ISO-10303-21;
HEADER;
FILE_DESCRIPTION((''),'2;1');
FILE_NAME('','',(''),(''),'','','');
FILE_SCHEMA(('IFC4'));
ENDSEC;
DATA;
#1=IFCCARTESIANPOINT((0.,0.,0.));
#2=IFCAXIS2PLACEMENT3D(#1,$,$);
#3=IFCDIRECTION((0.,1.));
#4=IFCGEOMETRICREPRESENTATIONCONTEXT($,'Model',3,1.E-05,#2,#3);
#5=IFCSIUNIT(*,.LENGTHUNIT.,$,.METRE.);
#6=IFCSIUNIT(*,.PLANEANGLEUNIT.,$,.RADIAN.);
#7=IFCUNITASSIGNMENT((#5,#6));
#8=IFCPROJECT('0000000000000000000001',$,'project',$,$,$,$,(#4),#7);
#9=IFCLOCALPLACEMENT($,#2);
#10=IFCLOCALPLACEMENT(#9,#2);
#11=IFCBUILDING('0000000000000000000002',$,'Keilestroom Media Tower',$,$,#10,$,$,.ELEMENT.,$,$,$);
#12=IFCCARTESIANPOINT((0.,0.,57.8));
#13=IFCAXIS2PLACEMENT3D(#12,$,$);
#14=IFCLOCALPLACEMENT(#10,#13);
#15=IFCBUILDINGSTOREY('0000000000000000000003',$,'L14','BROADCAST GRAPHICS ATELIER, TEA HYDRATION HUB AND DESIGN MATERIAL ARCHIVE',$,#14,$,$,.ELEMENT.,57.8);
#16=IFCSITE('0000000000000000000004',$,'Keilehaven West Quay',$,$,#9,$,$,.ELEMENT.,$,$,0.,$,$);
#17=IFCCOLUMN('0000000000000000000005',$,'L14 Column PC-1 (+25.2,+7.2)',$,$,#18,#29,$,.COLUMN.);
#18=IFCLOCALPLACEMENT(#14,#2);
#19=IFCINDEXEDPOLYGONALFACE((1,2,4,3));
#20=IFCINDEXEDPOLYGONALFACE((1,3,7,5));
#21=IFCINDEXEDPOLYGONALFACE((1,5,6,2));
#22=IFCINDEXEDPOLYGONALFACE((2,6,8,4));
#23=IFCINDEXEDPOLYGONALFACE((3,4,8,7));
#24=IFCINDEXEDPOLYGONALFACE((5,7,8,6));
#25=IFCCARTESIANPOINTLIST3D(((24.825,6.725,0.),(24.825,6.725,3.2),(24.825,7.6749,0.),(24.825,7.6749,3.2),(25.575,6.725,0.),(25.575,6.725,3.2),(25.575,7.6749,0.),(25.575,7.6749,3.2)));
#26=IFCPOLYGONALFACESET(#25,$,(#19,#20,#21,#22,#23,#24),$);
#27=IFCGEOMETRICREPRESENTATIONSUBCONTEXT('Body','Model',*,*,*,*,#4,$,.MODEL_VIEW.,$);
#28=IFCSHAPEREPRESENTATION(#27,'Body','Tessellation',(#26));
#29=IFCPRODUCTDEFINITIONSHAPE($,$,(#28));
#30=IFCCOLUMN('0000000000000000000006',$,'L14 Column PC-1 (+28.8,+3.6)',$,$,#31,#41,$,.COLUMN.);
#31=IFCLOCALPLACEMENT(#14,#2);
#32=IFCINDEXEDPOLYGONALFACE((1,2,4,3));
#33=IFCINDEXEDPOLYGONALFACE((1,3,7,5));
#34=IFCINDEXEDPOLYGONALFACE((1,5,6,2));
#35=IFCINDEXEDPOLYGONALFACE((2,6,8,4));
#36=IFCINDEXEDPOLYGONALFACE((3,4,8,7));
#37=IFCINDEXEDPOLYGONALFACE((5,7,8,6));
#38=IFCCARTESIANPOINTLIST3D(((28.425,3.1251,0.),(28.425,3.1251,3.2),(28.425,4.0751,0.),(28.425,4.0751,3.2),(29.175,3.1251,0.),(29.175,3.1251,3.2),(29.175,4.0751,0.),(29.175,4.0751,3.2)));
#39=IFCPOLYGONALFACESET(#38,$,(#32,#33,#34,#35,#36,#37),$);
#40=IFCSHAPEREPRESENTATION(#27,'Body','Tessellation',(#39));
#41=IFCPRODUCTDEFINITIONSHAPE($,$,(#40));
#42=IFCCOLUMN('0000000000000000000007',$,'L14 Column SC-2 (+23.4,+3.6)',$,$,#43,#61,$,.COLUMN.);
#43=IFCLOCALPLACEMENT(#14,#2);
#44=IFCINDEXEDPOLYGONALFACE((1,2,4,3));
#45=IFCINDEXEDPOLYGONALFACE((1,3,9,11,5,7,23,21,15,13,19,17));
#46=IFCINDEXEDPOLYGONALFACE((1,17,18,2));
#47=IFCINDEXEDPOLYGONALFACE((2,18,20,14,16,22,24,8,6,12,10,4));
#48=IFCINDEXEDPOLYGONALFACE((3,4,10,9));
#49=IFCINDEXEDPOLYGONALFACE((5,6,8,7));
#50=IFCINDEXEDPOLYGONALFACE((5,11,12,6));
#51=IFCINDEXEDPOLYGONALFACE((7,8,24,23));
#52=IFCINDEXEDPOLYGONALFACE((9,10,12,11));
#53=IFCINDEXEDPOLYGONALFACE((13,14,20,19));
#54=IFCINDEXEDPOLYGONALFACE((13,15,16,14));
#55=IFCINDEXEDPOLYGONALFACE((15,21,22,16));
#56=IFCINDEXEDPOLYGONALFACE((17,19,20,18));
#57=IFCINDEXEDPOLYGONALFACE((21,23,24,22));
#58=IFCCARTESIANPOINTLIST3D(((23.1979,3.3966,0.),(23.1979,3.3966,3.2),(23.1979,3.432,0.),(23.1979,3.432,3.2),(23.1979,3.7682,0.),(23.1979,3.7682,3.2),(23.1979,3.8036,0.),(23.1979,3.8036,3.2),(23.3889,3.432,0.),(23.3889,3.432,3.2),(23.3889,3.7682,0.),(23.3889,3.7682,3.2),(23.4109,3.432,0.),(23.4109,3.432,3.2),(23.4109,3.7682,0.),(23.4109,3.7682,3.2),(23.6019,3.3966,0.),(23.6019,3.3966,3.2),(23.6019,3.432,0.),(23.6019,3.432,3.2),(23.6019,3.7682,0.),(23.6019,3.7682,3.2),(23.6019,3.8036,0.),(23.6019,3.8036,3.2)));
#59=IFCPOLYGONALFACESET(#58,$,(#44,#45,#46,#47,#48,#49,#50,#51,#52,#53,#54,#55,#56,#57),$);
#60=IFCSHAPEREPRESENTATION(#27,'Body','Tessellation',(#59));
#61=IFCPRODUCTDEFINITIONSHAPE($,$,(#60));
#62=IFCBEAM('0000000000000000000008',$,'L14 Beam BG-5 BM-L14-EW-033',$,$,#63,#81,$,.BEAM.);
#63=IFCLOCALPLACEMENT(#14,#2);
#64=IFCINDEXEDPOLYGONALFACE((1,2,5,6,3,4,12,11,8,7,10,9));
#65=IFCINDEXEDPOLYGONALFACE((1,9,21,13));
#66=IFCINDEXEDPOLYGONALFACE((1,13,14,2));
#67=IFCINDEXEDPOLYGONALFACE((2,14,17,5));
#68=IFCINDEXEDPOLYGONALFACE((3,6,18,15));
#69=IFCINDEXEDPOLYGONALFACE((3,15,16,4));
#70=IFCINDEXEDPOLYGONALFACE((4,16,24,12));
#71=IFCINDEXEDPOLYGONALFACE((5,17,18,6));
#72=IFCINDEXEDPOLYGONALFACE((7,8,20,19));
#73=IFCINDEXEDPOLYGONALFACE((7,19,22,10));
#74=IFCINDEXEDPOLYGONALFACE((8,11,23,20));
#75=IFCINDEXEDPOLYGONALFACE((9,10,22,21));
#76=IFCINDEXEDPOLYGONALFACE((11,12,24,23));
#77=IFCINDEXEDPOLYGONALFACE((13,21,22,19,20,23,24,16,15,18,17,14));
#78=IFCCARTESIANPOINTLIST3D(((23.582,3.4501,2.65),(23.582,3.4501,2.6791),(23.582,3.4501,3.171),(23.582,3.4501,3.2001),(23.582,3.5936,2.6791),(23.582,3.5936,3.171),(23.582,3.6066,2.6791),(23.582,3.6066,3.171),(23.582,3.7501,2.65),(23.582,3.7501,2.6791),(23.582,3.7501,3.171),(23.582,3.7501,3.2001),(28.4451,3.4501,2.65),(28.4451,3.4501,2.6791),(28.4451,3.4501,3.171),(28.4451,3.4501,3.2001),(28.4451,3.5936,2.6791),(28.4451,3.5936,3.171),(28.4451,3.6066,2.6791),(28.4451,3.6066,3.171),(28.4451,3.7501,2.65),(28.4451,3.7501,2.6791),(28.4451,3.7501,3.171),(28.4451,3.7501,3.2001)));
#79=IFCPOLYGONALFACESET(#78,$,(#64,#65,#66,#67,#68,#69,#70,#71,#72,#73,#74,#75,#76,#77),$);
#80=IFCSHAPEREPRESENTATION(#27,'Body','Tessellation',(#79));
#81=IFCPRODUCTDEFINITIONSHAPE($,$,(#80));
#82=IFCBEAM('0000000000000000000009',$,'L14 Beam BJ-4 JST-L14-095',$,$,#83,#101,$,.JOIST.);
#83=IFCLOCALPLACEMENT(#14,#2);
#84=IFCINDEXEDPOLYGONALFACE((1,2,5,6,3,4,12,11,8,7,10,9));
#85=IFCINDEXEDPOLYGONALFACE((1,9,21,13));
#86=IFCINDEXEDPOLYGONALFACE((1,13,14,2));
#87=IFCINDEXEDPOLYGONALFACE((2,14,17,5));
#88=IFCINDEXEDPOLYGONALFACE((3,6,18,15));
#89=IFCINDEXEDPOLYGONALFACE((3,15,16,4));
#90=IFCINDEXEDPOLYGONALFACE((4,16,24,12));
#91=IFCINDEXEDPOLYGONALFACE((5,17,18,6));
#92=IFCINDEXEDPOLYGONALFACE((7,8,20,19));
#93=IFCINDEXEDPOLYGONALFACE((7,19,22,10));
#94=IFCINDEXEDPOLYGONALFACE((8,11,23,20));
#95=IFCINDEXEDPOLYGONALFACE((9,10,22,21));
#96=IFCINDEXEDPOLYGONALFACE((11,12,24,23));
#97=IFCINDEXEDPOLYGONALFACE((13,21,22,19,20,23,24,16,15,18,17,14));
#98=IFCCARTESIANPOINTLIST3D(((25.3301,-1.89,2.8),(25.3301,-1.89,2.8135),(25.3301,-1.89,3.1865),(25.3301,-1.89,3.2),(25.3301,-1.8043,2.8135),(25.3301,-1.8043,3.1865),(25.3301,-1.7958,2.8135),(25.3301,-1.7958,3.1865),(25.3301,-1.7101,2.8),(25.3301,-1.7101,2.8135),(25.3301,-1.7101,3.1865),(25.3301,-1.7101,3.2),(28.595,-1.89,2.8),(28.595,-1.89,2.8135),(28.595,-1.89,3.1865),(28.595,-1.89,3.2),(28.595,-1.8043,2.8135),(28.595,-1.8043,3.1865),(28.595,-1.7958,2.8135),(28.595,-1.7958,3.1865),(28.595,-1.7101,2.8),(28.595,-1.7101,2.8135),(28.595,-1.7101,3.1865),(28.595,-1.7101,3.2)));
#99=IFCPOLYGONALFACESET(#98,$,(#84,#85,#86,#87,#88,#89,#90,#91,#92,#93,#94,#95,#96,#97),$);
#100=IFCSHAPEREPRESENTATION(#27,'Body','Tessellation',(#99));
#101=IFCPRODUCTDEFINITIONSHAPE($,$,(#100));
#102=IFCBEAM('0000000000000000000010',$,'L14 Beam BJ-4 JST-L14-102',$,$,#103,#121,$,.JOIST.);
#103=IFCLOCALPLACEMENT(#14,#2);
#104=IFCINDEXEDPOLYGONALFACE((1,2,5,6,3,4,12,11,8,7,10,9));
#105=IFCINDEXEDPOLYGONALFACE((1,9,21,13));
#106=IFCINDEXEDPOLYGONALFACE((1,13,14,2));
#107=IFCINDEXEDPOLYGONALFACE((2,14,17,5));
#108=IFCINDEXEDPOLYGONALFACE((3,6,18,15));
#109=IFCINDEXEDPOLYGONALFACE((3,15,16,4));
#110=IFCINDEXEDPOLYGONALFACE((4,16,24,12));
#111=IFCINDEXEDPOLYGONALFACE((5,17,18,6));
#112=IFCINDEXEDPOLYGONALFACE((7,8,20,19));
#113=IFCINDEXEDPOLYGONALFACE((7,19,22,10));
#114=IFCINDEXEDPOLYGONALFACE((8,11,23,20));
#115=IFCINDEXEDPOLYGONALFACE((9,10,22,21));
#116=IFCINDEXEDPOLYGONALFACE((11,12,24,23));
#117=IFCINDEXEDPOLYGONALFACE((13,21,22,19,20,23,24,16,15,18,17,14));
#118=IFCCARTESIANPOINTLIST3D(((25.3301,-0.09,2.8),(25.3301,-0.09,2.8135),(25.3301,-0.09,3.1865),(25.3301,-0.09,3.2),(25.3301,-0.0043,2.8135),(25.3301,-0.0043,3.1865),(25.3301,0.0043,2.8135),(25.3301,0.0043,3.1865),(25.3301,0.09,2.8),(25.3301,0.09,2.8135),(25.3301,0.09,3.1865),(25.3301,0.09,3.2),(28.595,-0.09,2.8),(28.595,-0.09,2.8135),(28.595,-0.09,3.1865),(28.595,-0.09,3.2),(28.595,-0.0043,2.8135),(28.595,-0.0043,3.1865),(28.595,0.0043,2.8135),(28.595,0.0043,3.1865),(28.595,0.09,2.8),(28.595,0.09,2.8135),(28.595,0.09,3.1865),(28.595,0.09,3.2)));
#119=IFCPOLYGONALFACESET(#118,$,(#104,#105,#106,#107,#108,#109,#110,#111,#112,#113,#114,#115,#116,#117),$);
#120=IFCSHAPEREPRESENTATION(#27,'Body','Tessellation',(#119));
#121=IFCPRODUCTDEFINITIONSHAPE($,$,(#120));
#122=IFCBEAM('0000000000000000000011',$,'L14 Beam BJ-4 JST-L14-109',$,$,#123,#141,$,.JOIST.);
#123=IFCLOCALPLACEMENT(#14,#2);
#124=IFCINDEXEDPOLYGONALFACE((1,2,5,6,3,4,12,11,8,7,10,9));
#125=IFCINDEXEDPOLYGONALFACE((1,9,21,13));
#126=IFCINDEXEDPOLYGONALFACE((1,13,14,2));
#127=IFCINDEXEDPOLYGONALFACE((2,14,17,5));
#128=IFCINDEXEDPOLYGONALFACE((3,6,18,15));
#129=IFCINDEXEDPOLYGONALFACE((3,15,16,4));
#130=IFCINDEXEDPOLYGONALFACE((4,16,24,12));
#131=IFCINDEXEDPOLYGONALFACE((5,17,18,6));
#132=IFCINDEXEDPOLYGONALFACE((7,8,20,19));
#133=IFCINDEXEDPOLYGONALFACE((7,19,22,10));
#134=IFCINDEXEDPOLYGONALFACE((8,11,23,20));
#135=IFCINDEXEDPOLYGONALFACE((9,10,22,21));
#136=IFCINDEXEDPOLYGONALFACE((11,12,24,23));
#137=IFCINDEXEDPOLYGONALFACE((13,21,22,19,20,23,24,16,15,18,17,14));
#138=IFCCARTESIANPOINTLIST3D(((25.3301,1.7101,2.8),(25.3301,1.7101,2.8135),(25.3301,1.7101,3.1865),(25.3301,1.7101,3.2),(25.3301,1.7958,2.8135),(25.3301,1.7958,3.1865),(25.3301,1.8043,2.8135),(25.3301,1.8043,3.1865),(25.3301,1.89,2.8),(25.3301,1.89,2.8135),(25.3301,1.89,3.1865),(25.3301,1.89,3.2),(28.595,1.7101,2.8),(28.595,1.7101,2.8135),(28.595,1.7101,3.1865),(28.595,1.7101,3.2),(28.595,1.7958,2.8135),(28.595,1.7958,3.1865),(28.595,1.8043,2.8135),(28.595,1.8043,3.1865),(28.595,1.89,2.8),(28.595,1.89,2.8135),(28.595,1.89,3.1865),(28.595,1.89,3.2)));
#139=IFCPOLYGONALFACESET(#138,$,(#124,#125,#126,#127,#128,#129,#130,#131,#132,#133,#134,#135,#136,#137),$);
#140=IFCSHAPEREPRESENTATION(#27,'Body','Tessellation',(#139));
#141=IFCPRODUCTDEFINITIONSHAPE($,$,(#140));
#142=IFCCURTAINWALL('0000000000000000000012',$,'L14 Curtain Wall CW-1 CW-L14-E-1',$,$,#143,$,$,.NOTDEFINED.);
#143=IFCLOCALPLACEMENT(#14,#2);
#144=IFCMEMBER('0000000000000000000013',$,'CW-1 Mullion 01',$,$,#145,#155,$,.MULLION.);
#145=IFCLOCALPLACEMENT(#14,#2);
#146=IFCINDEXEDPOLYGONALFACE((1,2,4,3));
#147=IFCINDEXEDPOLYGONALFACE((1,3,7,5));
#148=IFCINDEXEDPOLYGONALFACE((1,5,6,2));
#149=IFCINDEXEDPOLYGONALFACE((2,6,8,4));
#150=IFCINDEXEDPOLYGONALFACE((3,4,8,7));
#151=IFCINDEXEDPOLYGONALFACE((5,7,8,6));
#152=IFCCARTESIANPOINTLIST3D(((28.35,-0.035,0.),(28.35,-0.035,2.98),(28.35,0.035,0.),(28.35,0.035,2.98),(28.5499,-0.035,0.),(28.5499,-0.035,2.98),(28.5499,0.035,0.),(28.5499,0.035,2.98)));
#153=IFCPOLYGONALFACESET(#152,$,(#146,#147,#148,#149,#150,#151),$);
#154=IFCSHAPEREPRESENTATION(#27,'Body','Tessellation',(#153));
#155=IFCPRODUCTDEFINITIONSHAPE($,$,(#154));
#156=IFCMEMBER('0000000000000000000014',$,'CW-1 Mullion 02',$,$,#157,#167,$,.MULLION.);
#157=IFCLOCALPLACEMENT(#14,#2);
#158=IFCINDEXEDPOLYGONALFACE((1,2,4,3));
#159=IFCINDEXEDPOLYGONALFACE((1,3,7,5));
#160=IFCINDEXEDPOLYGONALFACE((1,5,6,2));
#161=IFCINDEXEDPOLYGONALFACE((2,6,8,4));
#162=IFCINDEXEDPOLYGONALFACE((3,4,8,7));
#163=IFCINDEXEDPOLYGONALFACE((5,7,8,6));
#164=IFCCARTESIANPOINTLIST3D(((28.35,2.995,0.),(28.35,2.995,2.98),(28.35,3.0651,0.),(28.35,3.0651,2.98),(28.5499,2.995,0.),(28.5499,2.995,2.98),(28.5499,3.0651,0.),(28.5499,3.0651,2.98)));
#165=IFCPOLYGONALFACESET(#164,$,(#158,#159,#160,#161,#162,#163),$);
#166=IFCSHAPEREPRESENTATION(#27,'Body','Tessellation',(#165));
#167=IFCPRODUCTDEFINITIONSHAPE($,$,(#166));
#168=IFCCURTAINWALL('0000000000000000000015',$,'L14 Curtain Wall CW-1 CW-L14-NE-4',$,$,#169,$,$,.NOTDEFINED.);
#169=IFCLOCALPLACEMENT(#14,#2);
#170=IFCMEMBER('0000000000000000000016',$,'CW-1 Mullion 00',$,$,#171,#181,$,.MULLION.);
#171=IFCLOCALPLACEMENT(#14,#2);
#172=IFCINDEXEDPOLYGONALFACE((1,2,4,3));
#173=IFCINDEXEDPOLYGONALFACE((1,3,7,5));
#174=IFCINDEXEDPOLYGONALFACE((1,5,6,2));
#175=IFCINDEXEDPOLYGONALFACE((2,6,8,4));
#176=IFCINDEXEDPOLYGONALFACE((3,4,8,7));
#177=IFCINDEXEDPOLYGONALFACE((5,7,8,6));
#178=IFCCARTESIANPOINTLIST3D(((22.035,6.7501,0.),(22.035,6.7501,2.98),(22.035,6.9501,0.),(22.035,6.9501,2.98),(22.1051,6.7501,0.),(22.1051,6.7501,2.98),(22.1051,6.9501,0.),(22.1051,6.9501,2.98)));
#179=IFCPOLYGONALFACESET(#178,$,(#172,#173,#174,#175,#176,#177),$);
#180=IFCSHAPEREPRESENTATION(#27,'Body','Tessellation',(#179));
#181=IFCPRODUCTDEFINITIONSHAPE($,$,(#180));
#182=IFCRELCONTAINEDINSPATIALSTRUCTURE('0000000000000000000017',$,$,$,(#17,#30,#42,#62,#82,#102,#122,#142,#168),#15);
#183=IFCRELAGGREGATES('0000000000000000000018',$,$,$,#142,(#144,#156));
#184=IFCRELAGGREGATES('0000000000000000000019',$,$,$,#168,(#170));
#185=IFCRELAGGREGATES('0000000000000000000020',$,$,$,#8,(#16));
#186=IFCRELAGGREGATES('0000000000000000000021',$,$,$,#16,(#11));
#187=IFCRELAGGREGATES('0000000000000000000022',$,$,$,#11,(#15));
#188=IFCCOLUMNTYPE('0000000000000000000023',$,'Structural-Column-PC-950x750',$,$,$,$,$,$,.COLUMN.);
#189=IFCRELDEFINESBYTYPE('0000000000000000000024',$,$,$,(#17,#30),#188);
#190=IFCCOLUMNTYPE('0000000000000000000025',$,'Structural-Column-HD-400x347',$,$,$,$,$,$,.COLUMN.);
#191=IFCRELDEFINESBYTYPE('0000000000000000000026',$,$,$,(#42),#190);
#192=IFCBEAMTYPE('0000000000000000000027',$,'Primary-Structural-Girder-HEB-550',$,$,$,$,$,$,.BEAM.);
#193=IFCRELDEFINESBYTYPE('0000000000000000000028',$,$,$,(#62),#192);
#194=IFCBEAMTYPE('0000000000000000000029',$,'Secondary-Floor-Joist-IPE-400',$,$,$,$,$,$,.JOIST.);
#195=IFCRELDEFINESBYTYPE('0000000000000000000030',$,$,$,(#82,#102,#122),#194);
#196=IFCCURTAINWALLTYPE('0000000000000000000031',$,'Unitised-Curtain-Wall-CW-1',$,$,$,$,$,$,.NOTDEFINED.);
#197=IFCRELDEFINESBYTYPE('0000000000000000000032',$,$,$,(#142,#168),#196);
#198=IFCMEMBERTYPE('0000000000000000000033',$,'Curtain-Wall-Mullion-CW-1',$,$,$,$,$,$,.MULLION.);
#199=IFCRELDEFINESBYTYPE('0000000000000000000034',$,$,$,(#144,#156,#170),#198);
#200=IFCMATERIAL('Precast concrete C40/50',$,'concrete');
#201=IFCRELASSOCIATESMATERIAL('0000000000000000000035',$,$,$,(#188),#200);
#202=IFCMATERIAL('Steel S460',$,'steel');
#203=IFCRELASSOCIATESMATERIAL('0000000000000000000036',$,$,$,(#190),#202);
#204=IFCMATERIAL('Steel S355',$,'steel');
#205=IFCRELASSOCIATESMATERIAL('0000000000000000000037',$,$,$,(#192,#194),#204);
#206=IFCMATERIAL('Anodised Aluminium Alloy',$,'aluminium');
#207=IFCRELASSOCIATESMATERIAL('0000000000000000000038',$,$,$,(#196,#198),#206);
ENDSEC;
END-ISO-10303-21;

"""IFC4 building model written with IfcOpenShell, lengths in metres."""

from ifc_helpers import new_model, si_unit, direction, frame, origin, origin_2d, place, context, subcontext, project, spatial, rectangle, i_section, extrude, source, transform, mapped, material, material_profile, profile_set, type_object, element, aggregate, save


model = new_model("IFC4")

# Units and contexts
model_context = context("Model", 3, precision=1e-05, world=origin(), true_north=direction((0.0, 1.0)))
body_context = subcontext(model_context, "Body", "Model", "MODEL_VIEW")
ifc_project = project(units=[si_unit("LENGTHUNIT", "METRE"), si_unit("PLANEANGLEUNIT", "RADIAN")], contexts=[model_context])

# Site, building, storey
site_placement = place(None, origin())
site = spatial("IfcSite", under=ifc_project, at=site_placement, Name="Keilehaven West Quay", CompositionType="ELEMENT", RefElevation=0.0)
building_placement = place(site_placement, origin())
building = spatial("IfcBuilding", under=site, at=building_placement, Name="Keilestroom Media Tower", CompositionType="ELEMENT")
storey_placement = place(building_placement, frame((0.0, 0.0, 57.8)))
storey = spatial("IfcBuildingStorey", under=building, at=storey_placement, Name="L14", Description="BROADCAST GRAPHICS ATELIER, TEA HYDRATION HUB AND DESIGN MATERIAL ARCHIVE", CompositionType="ELEMENT", Elevation=57.8)

# Columns
ifc_material_1 = material(Name="Precast concrete C40/50", Category="concrete")
ifc_material_profile_1 = material_profile(ifc_material_1, rectangle(XDim=0.75, YDim=0.95, at=origin_2d()), Name="PC 950x750")
ifc_profile_set_1 = profile_set([ifc_material_profile_1], Name="Precast concrete C40/50")
column_type_1 = type_object("IfcColumnType", Name="Structural-Column-PC-950x750", PredefinedType="COLUMN", material=ifc_profile_set_1)
shared_shape_1 = source(origin(), body_context, "Body", "SweptSolid", [
    extrude(rectangle(XDim=0.75, YDim=0.95, at=origin_2d()), origin(), (0.0, 0.0, 1.0), 3.2),
])
for number, where, z_axis, x_axis, name in (
    (1, (25.2, 7.2, 0.0), (0.0, 0.0, 1.0), (1.0, 0.0, 0.0), "L14 Column PC-1 (+25.2,+7.2)"),
    (2, (28.8, 3.6001, 0.0), (0.0, 0.0, 1.0), (1.0, 0.0, 0.0), "L14 Column PC-1 (+28.8,+3.6)"),
):
    element("IfcColumn", number, at=place(storey_placement, frame(where, z_axis=z_axis, x_axis=x_axis)), inside=storey, type_object=column_type_1, Name=name, PredefinedType="COLUMN", context=body_context, shape_type="MappedRepresentation", body=[
        mapped(shared_shape_1, transform((0.0, 0.0, 0.0), x_axis=(1.0, 0.0, 0.0), y_axis=(0.0, 1.0, 0.0), z_axis=(0.0, 0.0, 1.0), scale=1.0)),
    ])
ifc_material_2 = material(Name="Steel S460", Category="steel")
ifc_material_profile_2 = material_profile(ifc_material_2, i_section(OverallWidth=0.4041, OverallDepth=0.407, WebThickness=0.022, FlangeThickness=0.0354, at=origin_2d()), Name="HD 400x347")
ifc_profile_set_2 = profile_set([ifc_material_profile_2], Name="Steel S460")
column_type_2 = type_object("IfcColumnType", Name="Structural-Column-HD-400x347", PredefinedType="COLUMN", material=ifc_profile_set_2)
shared_shape_2 = source(origin(), body_context, "Body", "SweptSolid", [
    extrude(i_section(OverallWidth=0.4041, OverallDepth=0.407, WebThickness=0.022, FlangeThickness=0.0354, at=origin_2d()), origin(), (0.0, 0.0, 1.0), 3.2),
])
column_placement = place(storey_placement, frame((23.3999, 3.6001, 0.0), z_axis=(0.0, 0.0, 1.0), x_axis=(1.0, 0.0, 0.0)))
element("IfcColumn", 3, at=column_placement, inside=storey, type_object=column_type_2, Name="L14 Column SC-2 (+23.4,+3.6)", PredefinedType="COLUMN", context=body_context, shape_type="MappedRepresentation", body=[
    mapped(shared_shape_2, transform((0.0, 0.0, 0.0), x_axis=(1.0, 0.0, 0.0), y_axis=(0.0, 1.0, 0.0), z_axis=(0.0, 0.0, 1.0), scale=1.0)),
])

# Beams
ifc_material_3 = material(Name="Steel S355", Category="steel")
ifc_material_profile_3 = material_profile(ifc_material_3, i_section(OverallWidth=0.3, OverallDepth=0.55, WebThickness=0.0129, FlangeThickness=0.0291, at=origin_2d()), Name="HEB 550")
ifc_profile_set_3 = profile_set([ifc_material_profile_3], Name="Steel S355")
beam_type_1 = type_object("IfcBeamType", Name="Primary-Structural-Girder-HEB-550", PredefinedType="BEAM", material=ifc_profile_set_3)
shared_shape_3 = source(origin(), body_context, "Body", "SweptSolid", [
    extrude(i_section(OverallWidth=0.3, OverallDepth=0.55, WebThickness=0.0129, FlangeThickness=0.0291, at=origin_2d()), origin(), (0.0, 0.0, 1.0), 4.863),
])
beam_placement = place(storey_placement, frame((23.582, 3.6001, 2.925), z_axis=(1.0, 0.0, 0.0), x_axis=(0.0, 1.0, 0.0)))
element("IfcBeam", 4, at=beam_placement, inside=storey, type_object=beam_type_1, Name="L14 Beam BG-5 BM-L14-EW-033", PredefinedType="BEAM", context=body_context, shape_type="MappedRepresentation", body=[
    mapped(shared_shape_3, transform((0.0, 0.0, 0.0), x_axis=(1.0, 0.0, 0.0), y_axis=(0.0, 1.0, 0.0), z_axis=(0.0, 0.0, 1.0), scale=1.0)),
])
ifc_material_profile_4 = material_profile(ifc_material_3, i_section(OverallWidth=0.1799, OverallDepth=0.3999, WebThickness=0.0085, FlangeThickness=0.0134, at=origin_2d()), Name="IPE 400")
ifc_profile_set_4 = profile_set([ifc_material_profile_4], Name="Steel S355")
beam_type_2 = type_object("IfcBeamType", Name="Secondary-Floor-Joist-IPE-400", PredefinedType="JOIST", material=ifc_profile_set_4)
shared_shape_4 = source(origin(), body_context, "Body", "SweptSolid", [
    extrude(i_section(OverallWidth=0.1799, OverallDepth=0.3999, WebThickness=0.0085, FlangeThickness=0.0134, at=origin_2d()), origin(), (0.0, 0.0, 1.0), 3.2649),
])
for number, where, z_axis, x_axis, name in (
    (5, (25.3301, -1.8, 3.0), (1.0, 0.0, 0.0), (0.0, 1.0, 0.0), "L14 Beam BJ-4 JST-L14-095"),
    (6, (25.3301, 0.0, 3.0), (1.0, 0.0, 0.0), (0.0, 1.0, 0.0), "L14 Beam BJ-4 JST-L14-102"),
    (7, (25.3301, 1.8, 3.0), (1.0, 0.0, 0.0), (0.0, 1.0, 0.0), "L14 Beam BJ-4 JST-L14-109"),
):
    element("IfcBeam", number, at=place(storey_placement, frame(where, z_axis=z_axis, x_axis=x_axis)), inside=storey, type_object=beam_type_2, Name=name, PredefinedType="JOIST", context=body_context, shape_type="MappedRepresentation", body=[
        mapped(shared_shape_4, transform((0.0, 0.0, 0.0), x_axis=(1.0, 0.0, 0.0), y_axis=(0.0, 1.0, 0.0), z_axis=(0.0, 0.0, 1.0), scale=1.0)),
    ])

# Curtain walls, members
ifc_material_4 = material(Name="Anodised Aluminium Alloy", Category="aluminium")
curtain_wall_type = type_object("IfcCurtainWallType", Name="Unitised-Curtain-Wall-CW-1", PredefinedType="NOTDEFINED", material=ifc_material_4)
curtain_wall_1_placement = place(storey_placement, origin())
curtain_wall_1 = element("IfcCurtainWall", 8, at=curtain_wall_1_placement, inside=storey, type_object=curtain_wall_type, Name="L14 Curtain Wall CW-1 CW-L14-E-1", PredefinedType="NOTDEFINED")
ifc_material_profile_5 = material_profile(ifc_material_4, rectangle(XDim=0.0701, YDim=0.2, at=origin_2d()), Name="ALU MULLION 70x200")
ifc_profile_set_5 = profile_set([ifc_material_profile_5], Name="Anodised Aluminium Alloy")
member_type_1 = type_object("IfcMemberType", Name="Curtain-Wall-Mullion-CW-1", PredefinedType="MULLION", material=ifc_profile_set_5)
shared_shape_5 = source(origin(), body_context, "Body", "SweptSolid", [
    extrude(rectangle(XDim=0.0701, YDim=0.2, at=origin_2d()), origin(), (0.0, 0.0, 1.0), 2.98),
])
member_1_placement = place(storey_placement, frame((28.45, 0.0, 0.0), z_axis=(0.0, 0.0, 1.0), x_axis=(0.0, 1.0, 0.0)))
member_1 = element("IfcMember", 9, at=member_1_placement, type_object=member_type_1, Name="CW-1 Mullion 01", PredefinedType="MULLION", context=body_context, shape_type="MappedRepresentation", body=[
    mapped(shared_shape_5, transform((0.0, 0.0, 0.0), x_axis=(1.0, 0.0, 0.0), y_axis=(0.0, 1.0, 0.0), z_axis=(0.0, 0.0, 1.0), scale=1.0)),
])
member_2_placement = place(storey_placement, frame((28.45, 3.03, 0.0), z_axis=(0.0, 0.0, 1.0), x_axis=(0.0, 1.0, 0.0)))
member_2 = element("IfcMember", 10, at=member_2_placement, type_object=member_type_1, Name="CW-1 Mullion 02", PredefinedType="MULLION", context=body_context, shape_type="MappedRepresentation", body=[
    mapped(shared_shape_5, transform((0.0, 0.0, 0.0), x_axis=(1.0, 0.0, 0.0), y_axis=(0.0, 1.0, 0.0), z_axis=(0.0, 0.0, 1.0), scale=1.0)),
])
curtain_wall_2_placement = place(storey_placement, origin())
curtain_wall_2 = element("IfcCurtainWall", 11, at=curtain_wall_2_placement, inside=storey, type_object=curtain_wall_type, Name="L14 Curtain Wall CW-1 CW-L14-NE-4", PredefinedType="NOTDEFINED")
member_3_placement = place(storey_placement, frame((22.0701, 6.8501, 0.0), z_axis=(0.0, 0.0, 1.0), x_axis=(1.0, 0.0, 0.0)))
member_3 = element("IfcMember", 12, at=member_3_placement, type_object=member_type_1, Name="CW-1 Mullion 00", PredefinedType="MULLION", context=body_context, shape_type="MappedRepresentation", body=[
    mapped(shared_shape_5, transform((0.0, 0.0, 0.0), x_axis=(1.0, 0.0, 0.0), y_axis=(0.0, 1.0, 0.0), z_axis=(0.0, 0.0, 1.0), scale=1.0)),
])

aggregate(curtain_wall_1, [member_1, member_2])
aggregate(curtain_wall_2, [member_3])

save(model, "model.ifc")
